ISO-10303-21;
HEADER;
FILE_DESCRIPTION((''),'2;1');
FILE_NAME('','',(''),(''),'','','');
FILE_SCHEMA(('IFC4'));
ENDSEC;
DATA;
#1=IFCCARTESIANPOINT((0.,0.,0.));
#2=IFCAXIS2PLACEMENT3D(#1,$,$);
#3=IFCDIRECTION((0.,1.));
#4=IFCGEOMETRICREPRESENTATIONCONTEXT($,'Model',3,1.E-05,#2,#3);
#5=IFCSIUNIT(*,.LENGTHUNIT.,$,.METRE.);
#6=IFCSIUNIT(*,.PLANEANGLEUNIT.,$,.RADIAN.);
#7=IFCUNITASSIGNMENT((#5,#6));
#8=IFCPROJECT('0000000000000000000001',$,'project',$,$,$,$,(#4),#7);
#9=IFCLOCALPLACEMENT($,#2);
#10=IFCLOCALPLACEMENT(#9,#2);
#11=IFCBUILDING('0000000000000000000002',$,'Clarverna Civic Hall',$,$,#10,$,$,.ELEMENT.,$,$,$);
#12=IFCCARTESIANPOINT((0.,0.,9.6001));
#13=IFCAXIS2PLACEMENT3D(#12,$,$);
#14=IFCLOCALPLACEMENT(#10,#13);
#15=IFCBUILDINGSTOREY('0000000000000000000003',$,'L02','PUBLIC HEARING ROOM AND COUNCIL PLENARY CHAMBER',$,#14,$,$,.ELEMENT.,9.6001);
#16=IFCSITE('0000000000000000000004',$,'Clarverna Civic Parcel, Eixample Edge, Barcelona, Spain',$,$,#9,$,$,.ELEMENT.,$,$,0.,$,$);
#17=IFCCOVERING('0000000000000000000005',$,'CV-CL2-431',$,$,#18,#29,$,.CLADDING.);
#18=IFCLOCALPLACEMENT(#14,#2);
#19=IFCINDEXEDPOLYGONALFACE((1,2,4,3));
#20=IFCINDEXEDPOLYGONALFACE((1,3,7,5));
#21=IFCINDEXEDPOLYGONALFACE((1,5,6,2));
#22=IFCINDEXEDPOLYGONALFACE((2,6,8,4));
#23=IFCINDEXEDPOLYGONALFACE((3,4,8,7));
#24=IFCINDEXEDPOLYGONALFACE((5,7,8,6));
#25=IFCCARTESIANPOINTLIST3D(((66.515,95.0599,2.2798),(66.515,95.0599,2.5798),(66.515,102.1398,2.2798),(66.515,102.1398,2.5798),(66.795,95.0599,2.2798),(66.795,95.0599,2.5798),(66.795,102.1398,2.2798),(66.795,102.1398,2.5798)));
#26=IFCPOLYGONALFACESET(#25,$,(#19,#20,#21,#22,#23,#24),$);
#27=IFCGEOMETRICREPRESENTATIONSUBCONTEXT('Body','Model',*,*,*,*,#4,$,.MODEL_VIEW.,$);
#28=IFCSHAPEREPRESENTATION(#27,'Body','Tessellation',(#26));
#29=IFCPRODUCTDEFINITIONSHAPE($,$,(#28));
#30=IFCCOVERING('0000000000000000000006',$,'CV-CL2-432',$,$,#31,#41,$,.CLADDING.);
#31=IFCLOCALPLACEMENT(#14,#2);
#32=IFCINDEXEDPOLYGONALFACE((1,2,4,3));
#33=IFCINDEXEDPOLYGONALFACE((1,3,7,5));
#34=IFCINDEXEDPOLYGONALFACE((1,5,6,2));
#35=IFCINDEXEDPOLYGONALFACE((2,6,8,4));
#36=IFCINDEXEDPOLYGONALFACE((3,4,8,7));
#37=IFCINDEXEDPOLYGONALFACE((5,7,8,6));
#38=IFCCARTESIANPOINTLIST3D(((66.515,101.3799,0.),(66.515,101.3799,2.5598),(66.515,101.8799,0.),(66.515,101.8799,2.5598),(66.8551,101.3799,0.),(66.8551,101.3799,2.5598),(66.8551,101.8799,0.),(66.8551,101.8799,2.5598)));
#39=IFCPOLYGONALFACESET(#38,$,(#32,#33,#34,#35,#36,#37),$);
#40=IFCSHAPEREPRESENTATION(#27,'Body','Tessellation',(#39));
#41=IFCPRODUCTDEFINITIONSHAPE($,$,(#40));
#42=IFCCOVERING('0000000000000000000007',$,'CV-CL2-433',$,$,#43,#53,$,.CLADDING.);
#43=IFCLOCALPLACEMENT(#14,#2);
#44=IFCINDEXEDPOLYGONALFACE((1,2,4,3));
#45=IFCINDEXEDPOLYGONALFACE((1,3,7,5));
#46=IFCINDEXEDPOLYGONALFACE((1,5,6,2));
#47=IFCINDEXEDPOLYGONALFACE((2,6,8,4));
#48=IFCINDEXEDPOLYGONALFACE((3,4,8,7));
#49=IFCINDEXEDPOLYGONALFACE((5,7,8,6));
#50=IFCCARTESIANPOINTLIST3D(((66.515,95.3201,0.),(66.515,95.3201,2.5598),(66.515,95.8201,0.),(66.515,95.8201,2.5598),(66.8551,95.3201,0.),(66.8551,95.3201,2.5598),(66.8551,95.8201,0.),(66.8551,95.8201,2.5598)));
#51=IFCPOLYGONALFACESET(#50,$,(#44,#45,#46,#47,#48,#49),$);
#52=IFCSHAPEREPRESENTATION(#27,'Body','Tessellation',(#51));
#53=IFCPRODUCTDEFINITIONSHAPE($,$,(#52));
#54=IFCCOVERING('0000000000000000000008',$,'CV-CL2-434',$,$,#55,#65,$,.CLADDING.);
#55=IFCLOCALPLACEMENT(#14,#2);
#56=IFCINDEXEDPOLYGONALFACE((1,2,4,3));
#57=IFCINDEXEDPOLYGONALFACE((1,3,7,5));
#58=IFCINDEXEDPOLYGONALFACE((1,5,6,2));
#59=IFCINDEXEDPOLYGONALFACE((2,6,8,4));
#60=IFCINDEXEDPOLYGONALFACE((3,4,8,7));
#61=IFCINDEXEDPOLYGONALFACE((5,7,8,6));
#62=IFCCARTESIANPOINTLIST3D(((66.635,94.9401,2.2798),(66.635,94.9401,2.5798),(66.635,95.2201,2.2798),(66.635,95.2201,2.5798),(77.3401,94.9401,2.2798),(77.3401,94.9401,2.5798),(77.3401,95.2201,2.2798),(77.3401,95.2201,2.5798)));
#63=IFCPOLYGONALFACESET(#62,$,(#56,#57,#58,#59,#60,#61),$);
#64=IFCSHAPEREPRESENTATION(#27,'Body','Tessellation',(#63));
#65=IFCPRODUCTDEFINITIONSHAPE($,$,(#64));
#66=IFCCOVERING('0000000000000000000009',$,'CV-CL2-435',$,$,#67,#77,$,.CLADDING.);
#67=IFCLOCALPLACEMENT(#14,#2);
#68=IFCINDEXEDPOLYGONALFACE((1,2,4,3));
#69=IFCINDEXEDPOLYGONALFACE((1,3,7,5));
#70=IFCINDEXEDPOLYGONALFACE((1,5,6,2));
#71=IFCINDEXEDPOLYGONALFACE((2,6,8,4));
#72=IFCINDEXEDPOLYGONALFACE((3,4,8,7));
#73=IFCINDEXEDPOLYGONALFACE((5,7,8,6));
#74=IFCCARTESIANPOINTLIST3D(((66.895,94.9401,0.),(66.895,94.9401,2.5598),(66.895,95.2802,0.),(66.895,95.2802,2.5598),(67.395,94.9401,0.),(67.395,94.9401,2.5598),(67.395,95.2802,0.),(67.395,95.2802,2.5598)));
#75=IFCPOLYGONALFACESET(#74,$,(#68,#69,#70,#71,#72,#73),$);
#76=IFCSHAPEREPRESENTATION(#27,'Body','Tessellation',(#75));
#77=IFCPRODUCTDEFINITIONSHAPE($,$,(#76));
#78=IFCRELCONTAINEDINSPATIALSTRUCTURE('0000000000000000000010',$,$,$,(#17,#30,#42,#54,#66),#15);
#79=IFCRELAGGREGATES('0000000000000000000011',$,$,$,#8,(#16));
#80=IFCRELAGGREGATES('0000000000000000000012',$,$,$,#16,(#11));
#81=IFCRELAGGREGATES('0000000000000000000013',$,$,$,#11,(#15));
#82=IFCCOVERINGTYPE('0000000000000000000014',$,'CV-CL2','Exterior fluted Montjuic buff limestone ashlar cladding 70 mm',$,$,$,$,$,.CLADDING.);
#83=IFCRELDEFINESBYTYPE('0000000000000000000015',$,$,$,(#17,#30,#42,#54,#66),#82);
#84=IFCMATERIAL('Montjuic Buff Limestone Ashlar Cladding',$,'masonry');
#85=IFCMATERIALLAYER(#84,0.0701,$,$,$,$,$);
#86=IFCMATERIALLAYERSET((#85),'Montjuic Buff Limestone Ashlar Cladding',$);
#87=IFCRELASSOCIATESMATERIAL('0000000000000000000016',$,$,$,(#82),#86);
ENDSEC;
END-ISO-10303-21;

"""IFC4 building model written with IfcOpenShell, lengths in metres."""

from ifc_helpers import new_model, si_unit, direction, frame, frame_2d, origin, place, context, subcontext, project, spatial, rectangle, extrude, material, layer, layer_set, type_object, element, save


model = new_model("IFC4")

# Units and contexts
model_context = context("Model", 3, precision=1e-05, world=origin(), true_north=direction((0.0, 1.0)))
body_context = subcontext(model_context, "Body", "Model", "MODEL_VIEW")
ifc_project = project(units=[si_unit("LENGTHUNIT", "METRE"), si_unit("PLANEANGLEUNIT", "RADIAN")], contexts=[model_context])

# Site, building, storey
site_placement = place(None, origin())
site = spatial("IfcSite", under=ifc_project, at=site_placement, Name="Clarverna Civic Parcel, Eixample Edge, Barcelona, Spain", CompositionType="ELEMENT", RefElevation=0.0)
building_placement = place(site_placement, origin())
building = spatial("IfcBuilding", under=site, at=building_placement, Name="Clarverna Civic Hall", CompositionType="ELEMENT")
storey_placement = place(building_placement, frame((0.0, 0.0, 9.6001)))
storey = spatial("IfcBuildingStorey", under=building, at=storey_placement, Name="L02", Description="PUBLIC HEARING ROOM AND COUNCIL PLENARY CHAMBER", CompositionType="ELEMENT", Elevation=9.6001)

# Coverings
ifc_material_1 = material(Name="Montjuic Buff Limestone Ashlar Cladding", Category="masonry")
ifc_layer_1 = layer(ifc_material_1, 0.0701)
ifc_layer_set_1 = layer_set([ifc_layer_1], Name="Montjuic Buff Limestone Ashlar Cladding")
covering_type = type_object("IfcCoveringType", Name="CV-CL2", Description="Exterior fluted Montjuic buff limestone ashlar cladding 70 mm", PredefinedType="CLADDING", material=ifc_layer_set_1)
covering_1_placement = place(storey_placement, frame((66.655, 102.1399, 2.2798), z_axis=(0.0, 0.0, 1.0), x_axis=(0.0, -1.0, 0.0)))
element("IfcCovering", 1, at=covering_1_placement, inside=storey, type_object=covering_type, Name="CV-CL2-431", PredefinedType="CLADDING", context=body_context, shape_type="SweptSolid", body=[
    extrude(rectangle(XDim=7.0798, YDim=0.28, at=frame_2d((3.54, 0.0))), origin(), (0.0, 0.0, 1.0), 0.3),
])
for number, where, z_axis, x_axis, name in (
    (2, (66.6851, 101.8799, 0.0), (0.0, 0.0, 1.0), (0.0, -1.0, 0.0), "CV-CL2-432"),
    (3, (66.6851, 95.8201, 0.0), (0.0, 0.0, 1.0), (0.0, -1.0, 0.0), "CV-CL2-433"),
):
    element("IfcCovering", number, at=place(storey_placement, frame(where, z_axis=z_axis, x_axis=x_axis)), inside=storey, type_object=covering_type, Name=name, PredefinedType="CLADDING", context=body_context, shape_type="SweptSolid", body=[
        extrude(rectangle(XDim=0.5, YDim=0.3401, at=frame_2d((0.25, 0.0))), origin(), (0.0, 0.0, 1.0), 2.5598),
    ])
covering_2_placement = place(storey_placement, frame((66.635, 95.0801, 2.2798), z_axis=(0.0, 0.0, 1.0), x_axis=(1.0, 0.0, 0.0)))
element("IfcCovering", 4, at=covering_2_placement, inside=storey, type_object=covering_type, Name="CV-CL2-434", PredefinedType="CLADDING", context=body_context, shape_type="SweptSolid", body=[
    extrude(rectangle(XDim=10.7051, YDim=0.28, at=frame_2d((5.3525, 0.0))), origin(), (0.0, 0.0, 1.0), 0.3),
])
covering_3_placement = place(storey_placement, frame((66.895, 95.1101, 0.0), z_axis=(0.0, 0.0, 1.0), x_axis=(1.0, 0.0, 0.0)))
element("IfcCovering", 5, at=covering_3_placement, inside=storey, type_object=covering_type, Name="CV-CL2-435", PredefinedType="CLADDING", context=body_context, shape_type="SweptSolid", body=[
    extrude(rectangle(XDim=0.5, YDim=0.3401, at=frame_2d((0.25, 0.0))), origin(), (0.0, 0.0, 1.0), 2.5598),
])

save(model, "model.ifc")
